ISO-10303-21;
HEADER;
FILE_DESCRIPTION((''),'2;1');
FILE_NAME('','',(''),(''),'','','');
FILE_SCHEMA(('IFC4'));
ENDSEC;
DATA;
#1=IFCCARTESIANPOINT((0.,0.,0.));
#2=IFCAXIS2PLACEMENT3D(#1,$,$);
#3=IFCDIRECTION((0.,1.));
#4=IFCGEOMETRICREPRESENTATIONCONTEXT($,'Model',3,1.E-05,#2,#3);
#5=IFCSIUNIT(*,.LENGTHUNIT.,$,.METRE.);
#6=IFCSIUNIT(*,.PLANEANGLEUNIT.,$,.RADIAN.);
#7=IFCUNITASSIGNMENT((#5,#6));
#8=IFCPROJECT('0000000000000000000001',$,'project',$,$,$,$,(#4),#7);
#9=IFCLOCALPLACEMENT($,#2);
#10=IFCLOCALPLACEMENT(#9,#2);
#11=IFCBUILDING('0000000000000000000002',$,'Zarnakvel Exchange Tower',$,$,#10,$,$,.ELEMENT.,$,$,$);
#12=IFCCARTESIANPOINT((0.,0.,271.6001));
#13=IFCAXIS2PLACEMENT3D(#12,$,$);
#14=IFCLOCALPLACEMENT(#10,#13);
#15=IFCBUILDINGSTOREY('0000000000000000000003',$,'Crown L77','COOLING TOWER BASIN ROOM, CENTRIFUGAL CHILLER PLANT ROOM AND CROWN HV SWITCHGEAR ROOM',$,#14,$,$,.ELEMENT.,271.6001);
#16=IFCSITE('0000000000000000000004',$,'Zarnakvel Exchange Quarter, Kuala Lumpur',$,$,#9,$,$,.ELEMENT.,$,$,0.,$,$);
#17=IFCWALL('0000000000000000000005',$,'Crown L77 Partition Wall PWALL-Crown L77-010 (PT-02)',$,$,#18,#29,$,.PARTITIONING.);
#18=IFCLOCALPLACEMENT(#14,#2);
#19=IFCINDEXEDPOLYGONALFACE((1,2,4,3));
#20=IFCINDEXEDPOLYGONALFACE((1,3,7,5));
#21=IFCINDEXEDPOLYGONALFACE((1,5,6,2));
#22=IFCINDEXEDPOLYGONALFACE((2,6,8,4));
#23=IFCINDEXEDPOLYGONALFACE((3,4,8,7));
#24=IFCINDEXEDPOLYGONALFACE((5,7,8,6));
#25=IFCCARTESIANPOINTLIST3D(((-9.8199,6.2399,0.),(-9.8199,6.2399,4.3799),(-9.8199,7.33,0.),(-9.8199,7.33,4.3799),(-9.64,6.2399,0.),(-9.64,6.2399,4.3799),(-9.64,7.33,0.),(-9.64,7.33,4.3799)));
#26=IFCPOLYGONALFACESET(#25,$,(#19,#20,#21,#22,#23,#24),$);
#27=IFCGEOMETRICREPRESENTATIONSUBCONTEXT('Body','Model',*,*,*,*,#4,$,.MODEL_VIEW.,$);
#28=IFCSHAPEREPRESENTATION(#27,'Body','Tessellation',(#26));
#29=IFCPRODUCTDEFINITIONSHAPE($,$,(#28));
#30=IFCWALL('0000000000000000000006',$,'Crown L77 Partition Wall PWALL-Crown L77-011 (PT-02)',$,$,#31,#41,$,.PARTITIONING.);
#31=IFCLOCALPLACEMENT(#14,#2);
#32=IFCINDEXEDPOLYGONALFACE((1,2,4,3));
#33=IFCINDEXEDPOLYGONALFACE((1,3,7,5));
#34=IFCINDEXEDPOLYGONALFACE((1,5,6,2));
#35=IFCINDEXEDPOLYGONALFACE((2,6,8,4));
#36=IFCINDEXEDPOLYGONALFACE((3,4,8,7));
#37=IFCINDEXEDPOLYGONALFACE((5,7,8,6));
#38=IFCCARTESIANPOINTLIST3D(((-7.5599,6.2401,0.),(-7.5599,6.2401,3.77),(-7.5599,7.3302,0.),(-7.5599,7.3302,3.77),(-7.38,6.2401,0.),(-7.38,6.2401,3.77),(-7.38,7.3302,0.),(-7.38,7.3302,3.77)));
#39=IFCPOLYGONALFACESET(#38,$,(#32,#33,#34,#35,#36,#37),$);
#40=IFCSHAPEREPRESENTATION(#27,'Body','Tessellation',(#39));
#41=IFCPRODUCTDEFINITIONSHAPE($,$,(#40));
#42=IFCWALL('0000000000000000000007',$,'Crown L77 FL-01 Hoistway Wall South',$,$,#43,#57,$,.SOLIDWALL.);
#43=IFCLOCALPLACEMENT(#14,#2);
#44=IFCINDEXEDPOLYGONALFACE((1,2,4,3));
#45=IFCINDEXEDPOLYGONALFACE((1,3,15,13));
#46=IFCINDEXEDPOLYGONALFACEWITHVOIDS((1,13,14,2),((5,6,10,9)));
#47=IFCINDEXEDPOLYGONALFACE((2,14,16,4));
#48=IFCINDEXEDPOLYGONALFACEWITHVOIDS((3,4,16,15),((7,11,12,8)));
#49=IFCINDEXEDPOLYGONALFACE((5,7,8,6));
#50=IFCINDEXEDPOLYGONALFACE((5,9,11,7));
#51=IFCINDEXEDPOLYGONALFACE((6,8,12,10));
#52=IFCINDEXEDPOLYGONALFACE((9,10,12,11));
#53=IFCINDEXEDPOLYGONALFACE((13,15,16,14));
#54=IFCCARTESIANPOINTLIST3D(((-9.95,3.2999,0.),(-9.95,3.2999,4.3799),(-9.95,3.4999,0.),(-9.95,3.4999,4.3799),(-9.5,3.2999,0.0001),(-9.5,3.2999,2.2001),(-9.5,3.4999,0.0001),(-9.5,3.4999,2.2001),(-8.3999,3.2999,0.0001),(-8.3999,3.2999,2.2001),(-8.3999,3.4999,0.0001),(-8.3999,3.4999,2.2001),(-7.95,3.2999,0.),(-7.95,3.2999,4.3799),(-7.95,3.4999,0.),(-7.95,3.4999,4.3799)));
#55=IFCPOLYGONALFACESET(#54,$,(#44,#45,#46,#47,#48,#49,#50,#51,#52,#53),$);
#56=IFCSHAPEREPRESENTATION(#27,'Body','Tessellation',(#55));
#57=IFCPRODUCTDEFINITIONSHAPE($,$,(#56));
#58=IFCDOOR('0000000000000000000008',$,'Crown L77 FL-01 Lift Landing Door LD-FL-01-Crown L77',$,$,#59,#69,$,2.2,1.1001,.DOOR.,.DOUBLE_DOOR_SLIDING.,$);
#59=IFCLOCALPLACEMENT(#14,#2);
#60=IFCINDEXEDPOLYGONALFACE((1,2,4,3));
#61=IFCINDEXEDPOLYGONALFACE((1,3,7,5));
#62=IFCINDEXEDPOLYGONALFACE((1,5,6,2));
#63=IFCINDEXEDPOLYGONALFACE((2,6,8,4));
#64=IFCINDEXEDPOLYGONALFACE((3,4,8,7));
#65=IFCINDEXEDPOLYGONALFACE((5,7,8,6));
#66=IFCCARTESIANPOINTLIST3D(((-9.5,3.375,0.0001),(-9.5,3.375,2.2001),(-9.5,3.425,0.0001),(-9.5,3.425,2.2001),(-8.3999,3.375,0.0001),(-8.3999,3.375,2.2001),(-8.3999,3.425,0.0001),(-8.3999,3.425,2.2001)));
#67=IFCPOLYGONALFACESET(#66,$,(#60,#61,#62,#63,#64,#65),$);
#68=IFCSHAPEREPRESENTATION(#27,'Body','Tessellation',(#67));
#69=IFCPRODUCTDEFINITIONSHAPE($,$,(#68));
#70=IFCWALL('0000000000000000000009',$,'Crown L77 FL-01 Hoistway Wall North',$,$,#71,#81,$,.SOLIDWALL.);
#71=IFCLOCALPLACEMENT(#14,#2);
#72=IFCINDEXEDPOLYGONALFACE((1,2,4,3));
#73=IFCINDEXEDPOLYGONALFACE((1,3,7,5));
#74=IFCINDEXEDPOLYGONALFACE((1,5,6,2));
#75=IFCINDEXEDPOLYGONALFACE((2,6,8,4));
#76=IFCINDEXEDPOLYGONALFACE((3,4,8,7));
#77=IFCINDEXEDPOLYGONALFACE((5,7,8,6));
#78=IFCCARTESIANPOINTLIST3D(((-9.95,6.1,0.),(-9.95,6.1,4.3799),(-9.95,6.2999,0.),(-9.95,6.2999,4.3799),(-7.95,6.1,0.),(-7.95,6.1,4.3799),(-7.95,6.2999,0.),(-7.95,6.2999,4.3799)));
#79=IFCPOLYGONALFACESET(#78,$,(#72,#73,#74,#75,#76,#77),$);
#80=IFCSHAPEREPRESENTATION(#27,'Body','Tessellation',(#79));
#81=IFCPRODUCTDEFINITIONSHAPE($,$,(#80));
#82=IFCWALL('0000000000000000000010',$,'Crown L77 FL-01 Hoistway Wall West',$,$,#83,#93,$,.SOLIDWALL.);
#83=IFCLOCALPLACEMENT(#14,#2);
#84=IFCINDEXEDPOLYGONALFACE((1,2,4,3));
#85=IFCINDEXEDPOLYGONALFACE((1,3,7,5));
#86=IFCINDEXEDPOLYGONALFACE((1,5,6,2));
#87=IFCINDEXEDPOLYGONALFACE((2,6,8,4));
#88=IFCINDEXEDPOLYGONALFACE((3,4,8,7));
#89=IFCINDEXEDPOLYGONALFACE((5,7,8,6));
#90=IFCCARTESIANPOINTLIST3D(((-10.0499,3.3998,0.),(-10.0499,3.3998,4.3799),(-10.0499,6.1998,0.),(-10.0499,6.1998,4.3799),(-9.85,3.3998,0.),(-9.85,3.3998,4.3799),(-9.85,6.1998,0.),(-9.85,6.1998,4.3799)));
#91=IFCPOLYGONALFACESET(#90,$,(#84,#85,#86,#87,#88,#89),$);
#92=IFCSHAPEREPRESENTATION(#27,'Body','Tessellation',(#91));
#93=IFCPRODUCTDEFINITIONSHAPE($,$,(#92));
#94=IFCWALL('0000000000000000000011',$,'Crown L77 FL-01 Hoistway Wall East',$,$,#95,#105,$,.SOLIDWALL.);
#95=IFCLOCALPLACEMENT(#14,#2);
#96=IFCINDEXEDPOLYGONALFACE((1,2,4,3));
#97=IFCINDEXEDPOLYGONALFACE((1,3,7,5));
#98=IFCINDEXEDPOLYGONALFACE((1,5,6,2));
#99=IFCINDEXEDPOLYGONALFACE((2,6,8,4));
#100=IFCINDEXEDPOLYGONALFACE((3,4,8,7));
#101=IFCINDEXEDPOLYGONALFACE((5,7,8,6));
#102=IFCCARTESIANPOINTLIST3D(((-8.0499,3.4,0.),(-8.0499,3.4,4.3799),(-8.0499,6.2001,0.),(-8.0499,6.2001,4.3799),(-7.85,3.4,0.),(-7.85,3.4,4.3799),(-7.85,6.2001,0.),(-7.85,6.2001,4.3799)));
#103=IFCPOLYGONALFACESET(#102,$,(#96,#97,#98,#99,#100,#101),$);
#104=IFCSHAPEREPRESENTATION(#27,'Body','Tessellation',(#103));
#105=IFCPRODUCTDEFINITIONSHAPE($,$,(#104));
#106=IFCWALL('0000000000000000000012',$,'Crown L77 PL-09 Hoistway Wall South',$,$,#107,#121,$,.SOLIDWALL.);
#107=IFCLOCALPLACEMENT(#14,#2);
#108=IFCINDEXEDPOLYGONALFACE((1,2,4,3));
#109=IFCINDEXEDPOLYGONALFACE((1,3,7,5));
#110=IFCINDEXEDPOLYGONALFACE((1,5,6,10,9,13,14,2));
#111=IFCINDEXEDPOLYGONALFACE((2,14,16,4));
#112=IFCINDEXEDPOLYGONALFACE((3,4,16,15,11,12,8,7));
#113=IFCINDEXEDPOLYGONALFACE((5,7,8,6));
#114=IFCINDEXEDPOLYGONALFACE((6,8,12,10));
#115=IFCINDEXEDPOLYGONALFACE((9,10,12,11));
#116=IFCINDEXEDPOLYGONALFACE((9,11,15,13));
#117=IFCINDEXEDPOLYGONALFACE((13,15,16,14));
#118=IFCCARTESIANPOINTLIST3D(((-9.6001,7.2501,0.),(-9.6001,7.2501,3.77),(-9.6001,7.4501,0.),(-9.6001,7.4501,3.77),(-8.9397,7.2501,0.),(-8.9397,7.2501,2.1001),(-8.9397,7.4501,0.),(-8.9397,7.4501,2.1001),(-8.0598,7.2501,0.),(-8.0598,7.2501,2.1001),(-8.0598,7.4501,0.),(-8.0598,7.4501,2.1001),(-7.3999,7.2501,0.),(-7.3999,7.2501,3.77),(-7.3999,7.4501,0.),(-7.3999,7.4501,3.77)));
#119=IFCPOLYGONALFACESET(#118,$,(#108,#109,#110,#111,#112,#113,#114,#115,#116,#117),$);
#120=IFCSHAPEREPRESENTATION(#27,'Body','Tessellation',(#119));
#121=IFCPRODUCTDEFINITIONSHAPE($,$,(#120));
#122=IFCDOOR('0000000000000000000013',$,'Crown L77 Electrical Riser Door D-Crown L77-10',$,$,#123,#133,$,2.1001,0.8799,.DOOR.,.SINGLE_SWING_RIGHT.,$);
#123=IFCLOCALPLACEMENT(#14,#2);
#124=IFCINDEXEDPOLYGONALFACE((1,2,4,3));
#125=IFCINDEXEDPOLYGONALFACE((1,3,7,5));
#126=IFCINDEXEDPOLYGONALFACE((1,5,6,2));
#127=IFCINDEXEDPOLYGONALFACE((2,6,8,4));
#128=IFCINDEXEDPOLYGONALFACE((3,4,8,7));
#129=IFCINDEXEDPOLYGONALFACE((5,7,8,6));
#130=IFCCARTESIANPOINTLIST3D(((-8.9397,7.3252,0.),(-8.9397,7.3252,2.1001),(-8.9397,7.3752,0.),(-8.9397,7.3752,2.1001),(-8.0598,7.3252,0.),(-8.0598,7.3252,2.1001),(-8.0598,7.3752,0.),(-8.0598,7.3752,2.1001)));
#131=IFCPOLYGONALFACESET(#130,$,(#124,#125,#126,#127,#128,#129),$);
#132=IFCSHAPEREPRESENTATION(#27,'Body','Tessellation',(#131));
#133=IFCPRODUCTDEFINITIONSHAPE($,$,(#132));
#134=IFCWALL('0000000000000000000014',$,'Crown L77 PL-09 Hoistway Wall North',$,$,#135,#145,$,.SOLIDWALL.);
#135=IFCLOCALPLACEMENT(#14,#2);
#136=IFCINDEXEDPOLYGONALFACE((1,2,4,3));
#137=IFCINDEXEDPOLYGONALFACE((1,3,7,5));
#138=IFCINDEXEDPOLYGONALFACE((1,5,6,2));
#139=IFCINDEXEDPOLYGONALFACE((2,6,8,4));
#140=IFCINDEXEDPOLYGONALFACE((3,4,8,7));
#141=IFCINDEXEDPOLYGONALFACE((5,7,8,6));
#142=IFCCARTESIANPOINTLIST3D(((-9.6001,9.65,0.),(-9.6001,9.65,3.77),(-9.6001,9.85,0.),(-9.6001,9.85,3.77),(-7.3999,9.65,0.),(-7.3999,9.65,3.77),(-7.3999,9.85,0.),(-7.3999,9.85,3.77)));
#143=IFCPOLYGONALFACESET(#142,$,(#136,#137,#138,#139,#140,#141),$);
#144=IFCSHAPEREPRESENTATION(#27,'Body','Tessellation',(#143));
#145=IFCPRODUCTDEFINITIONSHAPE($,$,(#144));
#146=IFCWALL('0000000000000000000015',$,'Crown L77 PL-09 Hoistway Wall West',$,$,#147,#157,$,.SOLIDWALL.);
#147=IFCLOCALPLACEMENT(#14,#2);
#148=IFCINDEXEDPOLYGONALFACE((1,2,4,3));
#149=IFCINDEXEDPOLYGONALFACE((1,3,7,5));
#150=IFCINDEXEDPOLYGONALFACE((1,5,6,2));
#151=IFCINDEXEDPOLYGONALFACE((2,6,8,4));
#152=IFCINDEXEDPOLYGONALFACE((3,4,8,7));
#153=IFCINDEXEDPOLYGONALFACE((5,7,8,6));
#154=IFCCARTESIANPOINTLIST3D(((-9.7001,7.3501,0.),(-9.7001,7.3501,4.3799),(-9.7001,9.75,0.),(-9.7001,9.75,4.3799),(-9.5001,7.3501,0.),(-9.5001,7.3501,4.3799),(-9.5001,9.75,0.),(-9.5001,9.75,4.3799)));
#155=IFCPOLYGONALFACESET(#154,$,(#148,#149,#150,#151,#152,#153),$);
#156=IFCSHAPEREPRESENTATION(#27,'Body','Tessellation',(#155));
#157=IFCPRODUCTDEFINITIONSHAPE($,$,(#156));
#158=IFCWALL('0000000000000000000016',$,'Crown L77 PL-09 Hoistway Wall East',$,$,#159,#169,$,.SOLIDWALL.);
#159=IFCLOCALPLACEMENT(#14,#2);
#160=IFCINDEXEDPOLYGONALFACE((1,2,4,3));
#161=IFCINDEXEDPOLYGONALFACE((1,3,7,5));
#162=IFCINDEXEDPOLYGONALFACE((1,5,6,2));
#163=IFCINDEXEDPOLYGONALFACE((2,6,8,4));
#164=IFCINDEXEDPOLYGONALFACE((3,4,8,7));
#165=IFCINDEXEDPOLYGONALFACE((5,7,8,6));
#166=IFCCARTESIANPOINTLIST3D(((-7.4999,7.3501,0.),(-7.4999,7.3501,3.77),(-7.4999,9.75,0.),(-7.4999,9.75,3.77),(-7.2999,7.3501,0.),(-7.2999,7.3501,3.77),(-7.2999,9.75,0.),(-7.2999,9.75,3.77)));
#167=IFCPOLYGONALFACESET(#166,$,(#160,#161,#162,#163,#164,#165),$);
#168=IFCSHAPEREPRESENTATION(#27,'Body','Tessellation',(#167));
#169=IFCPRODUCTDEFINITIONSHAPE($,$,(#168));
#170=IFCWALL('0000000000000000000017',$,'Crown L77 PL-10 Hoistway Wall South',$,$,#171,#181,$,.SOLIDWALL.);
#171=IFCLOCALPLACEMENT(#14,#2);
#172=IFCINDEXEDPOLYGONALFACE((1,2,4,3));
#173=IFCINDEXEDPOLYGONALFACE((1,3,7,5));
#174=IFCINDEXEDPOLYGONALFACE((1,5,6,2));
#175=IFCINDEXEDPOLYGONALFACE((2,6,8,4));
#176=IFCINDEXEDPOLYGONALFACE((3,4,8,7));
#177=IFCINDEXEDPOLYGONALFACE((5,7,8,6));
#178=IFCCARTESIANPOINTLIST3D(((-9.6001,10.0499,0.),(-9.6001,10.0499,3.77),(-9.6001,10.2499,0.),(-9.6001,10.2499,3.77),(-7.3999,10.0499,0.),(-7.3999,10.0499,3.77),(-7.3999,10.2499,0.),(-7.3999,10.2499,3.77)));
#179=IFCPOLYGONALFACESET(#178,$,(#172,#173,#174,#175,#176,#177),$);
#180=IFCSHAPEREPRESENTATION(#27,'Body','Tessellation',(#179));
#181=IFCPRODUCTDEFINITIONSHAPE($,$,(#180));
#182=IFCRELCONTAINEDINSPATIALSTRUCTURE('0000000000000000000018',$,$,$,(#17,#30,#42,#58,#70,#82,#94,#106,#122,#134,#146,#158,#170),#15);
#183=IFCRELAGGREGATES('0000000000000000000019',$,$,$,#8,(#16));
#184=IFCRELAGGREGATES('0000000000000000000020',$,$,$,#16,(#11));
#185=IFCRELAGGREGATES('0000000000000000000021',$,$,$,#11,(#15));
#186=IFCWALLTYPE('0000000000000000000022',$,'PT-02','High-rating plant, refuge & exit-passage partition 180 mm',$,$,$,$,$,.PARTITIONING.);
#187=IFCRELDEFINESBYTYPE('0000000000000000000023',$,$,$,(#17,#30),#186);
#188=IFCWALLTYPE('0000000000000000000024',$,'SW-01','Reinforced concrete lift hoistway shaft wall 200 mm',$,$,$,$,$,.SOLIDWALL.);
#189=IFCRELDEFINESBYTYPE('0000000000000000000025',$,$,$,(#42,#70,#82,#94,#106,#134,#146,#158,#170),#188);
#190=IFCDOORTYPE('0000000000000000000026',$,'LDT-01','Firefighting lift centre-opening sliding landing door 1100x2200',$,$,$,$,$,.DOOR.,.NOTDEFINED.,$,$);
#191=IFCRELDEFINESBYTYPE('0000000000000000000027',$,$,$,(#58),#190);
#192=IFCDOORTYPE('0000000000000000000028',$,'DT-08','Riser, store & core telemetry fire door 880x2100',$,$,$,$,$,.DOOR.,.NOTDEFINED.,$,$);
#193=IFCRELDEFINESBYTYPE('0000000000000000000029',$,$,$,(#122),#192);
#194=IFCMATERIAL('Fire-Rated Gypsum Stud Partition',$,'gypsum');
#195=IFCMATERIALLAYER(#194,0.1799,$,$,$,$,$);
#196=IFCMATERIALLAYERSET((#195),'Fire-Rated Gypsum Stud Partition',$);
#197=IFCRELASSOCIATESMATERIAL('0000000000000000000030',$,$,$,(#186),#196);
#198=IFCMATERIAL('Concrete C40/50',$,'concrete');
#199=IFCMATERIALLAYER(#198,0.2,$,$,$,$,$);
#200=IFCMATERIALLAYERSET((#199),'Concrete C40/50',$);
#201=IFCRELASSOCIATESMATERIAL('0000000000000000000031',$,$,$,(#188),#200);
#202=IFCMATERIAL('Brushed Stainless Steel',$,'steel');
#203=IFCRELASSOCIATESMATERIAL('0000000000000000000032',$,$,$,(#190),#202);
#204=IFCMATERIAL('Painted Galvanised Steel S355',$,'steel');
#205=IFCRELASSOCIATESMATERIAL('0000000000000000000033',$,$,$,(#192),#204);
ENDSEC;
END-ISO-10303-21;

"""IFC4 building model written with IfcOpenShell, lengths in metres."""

from ifc_helpers import new_model, si_unit, direction, frame, frame_2d, origin, place, context, subcontext, project, spatial, rectangle, extrude, source, transform, mapped, material, layer, layer_set, type_object, element, fill, save


model = new_model("IFC4")

# Units and contexts
model_context = context("Model", 3, precision=1e-05, world=origin(), true_north=direction((0.0, 1.0)))
body_context = subcontext(model_context, "Body", "Model", "MODEL_VIEW")
ifc_project = project(units=[si_unit("LENGTHUNIT", "METRE"), si_unit("PLANEANGLEUNIT", "RADIAN")], contexts=[model_context])

# Site, building, storey
site_placement = place(None, origin())
site = spatial("IfcSite", under=ifc_project, at=site_placement, Name="Zarnakvel Exchange Quarter, Kuala Lumpur", CompositionType="ELEMENT", RefElevation=0.0)
building_placement = place(site_placement, origin())
building = spatial("IfcBuilding", under=site, at=building_placement, Name="Zarnakvel Exchange Tower", CompositionType="ELEMENT")
storey_placement = place(building_placement, frame((0.0, 0.0, 271.6001)))
storey = spatial("IfcBuildingStorey", under=building, at=storey_placement, Name="Crown L77", Description="COOLING TOWER BASIN ROOM, CENTRIFUGAL CHILLER PLANT ROOM AND CROWN HV SWITCHGEAR ROOM", CompositionType="ELEMENT", Elevation=271.6001)

# Walls
ifc_material_1 = material(Name="Fire-Rated Gypsum Stud Partition", Category="gypsum")
ifc_layer_1 = layer(ifc_material_1, 0.1799)
ifc_layer_set_1 = layer_set([ifc_layer_1], Name="Fire-Rated Gypsum Stud Partition")
wall_type_1 = type_object("IfcWallType", Name="PT-02", Description="High-rating plant, refuge & exit-passage partition 180 mm", PredefinedType="PARTITIONING", material=ifc_layer_set_1)
wall_1_placement = place(storey_placement, frame((-9.73, 6.24, 0.0), z_axis=(0.0, 0.0, 1.0), x_axis=(0.0, 1.0, 0.0)))
element("IfcWall", 1, at=wall_1_placement, inside=storey, type_object=wall_type_1, Name="Crown L77 Partition Wall PWALL-Crown L77-010 (PT-02)", PredefinedType="PARTITIONING", context=body_context, shape_type="SweptSolid", body=[
    extrude(rectangle(XDim=1.0901, YDim=0.1799, at=frame_2d((0.5449, 0.0))), origin(), (0.0, 0.0, 1.0), 4.3799),
])
wall_2_placement = place(storey_placement, frame((-7.47, 7.3301, 0.0), z_axis=(0.0, 0.0, 1.0), x_axis=(0.0, -1.0, 0.0)))
element("IfcWall", 2, at=wall_2_placement, inside=storey, type_object=wall_type_1, Name="Crown L77 Partition Wall PWALL-Crown L77-011 (PT-02)", PredefinedType="PARTITIONING", context=body_context, shape_type="SweptSolid", body=[
    extrude(rectangle(XDim=1.0901, YDim=0.1799, at=frame_2d((0.5449, 0.0))), origin(), (0.0, 0.0, 1.0), 3.77),
])

# Wall, opening, door
ifc_material_2 = material(Name="Concrete C40/50", Category="concrete")
ifc_layer_2 = layer(ifc_material_2, 0.2)
ifc_layer_set_2 = layer_set([ifc_layer_2], Name="Concrete C40/50")
wall_type_2 = type_object("IfcWallType", Name="SW-01", Description="Reinforced concrete lift hoistway shaft wall 200 mm", PredefinedType="SOLIDWALL", material=ifc_layer_set_2)
wall_3_placement = place(storey_placement, frame((-7.95, 3.3999, 0.0), z_axis=(0.0, 0.0, 1.0), x_axis=(-1.0, 0.0, 0.0)))
wall_3 = element("IfcWall", 3, at=wall_3_placement, inside=storey, type_object=wall_type_2, Name="Crown L77 FL-01 Hoistway Wall South", PredefinedType="SOLIDWALL", context=body_context, shape_type="SweptSolid", body=[
    extrude(rectangle(XDim=2.0, YDim=0.2, at=frame_2d((1.0, 0.0))), origin(), (0.0, 0.0, 1.0), 4.3799),
])
opening_1_placement = place(wall_3_placement, frame((0.45, 0.0, 0.0)))
opening_1 = element("IfcOpeningElement", 4, at=opening_1_placement, cuts=wall_3, PredefinedType="OPENING", context=body_context, shape_type="SweptSolid", body=[
    extrude(rectangle(XDim=1.1001, YDim=2.2, at=frame_2d((0.55, 1.1001))), frame((0.0, 0.1099, 0.0), z_axis=(0.0, -1.0, 0.0), x_axis=(1.0, 0.0, 0.0)), (0.0, 0.0, 1.0), 0.22),
])
ifc_material_3 = material(Name="Brushed Stainless Steel", Category="steel")
door_type_1 = type_object("IfcDoorType", Name="LDT-01", Description="Firefighting lift centre-opening sliding landing door 1100x2200", OperationType="NOTDEFINED", PredefinedType="DOOR", material=ifc_material_3)
shared_shape_1 = source(origin(), body_context, "Body", "SweptSolid", [
    extrude(rectangle(XDim=1.1001, YDim=2.2, at=frame_2d((0.55, 1.1001))), frame((0.0, 0.0249, 0.0), z_axis=(0.0, -1.0, 0.0), x_axis=(1.0, 0.0, 0.0)), (0.0, 0.0, 1.0), 0.05),
])
door_1_placement = place(opening_1_placement, origin())
door_1 = element("IfcDoor", 5, at=door_1_placement, inside=storey, type_object=door_type_1, Name="Crown L77 FL-01 Lift Landing Door LD-FL-01-Crown L77", OperationType="DOUBLE_DOOR_SLIDING", OverallHeight=2.2, OverallWidth=1.1001, PredefinedType="DOOR", context=body_context, shape_type="MappedRepresentation", body=[
    mapped(shared_shape_1, transform((0.0, 0.0, 0.0), x_axis=(1.0, 0.0, 0.0), y_axis=(0.0, 1.0, 0.0), z_axis=(0.0, 0.0, 1.0), scale=1.0)),
])
fill(opening_1, door_1)

# Walls
wall_4_placement = place(storey_placement, frame((-9.95, 6.2, 0.0), z_axis=(0.0, 0.0, 1.0), x_axis=(1.0, 0.0, 0.0)))
element("IfcWall", 6, at=wall_4_placement, inside=storey, type_object=wall_type_2, Name="Crown L77 FL-01 Hoistway Wall North", PredefinedType="SOLIDWALL", context=body_context, shape_type="SweptSolid", body=[
    extrude(rectangle(XDim=2.0, YDim=0.2, at=frame_2d((1.0, 0.0))), origin(), (0.0, 0.0, 1.0), 4.3799),
])
for number, where, z_axis, x_axis, name in (
    (7, (-9.95, 3.3999, 0.0), (0.0, 0.0, 1.0), (0.0, 1.0, 0.0), "Crown L77 FL-01 Hoistway Wall West"),
    (8, (-7.95, 6.2, 0.0), (0.0, 0.0, 1.0), (0.0, -1.0, 0.0), "Crown L77 FL-01 Hoistway Wall East"),
):
    element("IfcWall", number, at=place(storey_placement, frame(where, z_axis=z_axis, x_axis=x_axis)), inside=storey, type_object=wall_type_2, Name=name, PredefinedType="SOLIDWALL", context=body_context, shape_type="SweptSolid", body=[
        extrude(rectangle(XDim=2.8, YDim=0.2, at=frame_2d((1.3999, 0.0))), origin(), (0.0, 0.0, 1.0), 4.3799),
    ])

# Wall, opening, door
wall_5_placement = place(storey_placement, frame((-7.3999, 7.3501, 0.0), z_axis=(0.0, 0.0, 1.0), x_axis=(-1.0, 0.0, 0.0)))
wall_5 = element("IfcWall", 9, at=wall_5_placement, inside=storey, type_object=wall_type_2, Name="Crown L77 PL-09 Hoistway Wall South", PredefinedType="SOLIDWALL", context=body_context, shape_type="SweptSolid", body=[
    extrude(rectangle(XDim=2.2002, YDim=0.2, at=frame_2d((1.1001, 0.0))), origin(), (0.0, 0.0, 1.0), 3.77),
])
opening_2_placement = place(wall_5_placement, frame((0.6599, 0.0, 0.0)))
opening_2 = element("IfcOpeningElement", 10, at=opening_2_placement, cuts=wall_5, PredefinedType="OPENING", context=body_context, shape_type="SweptSolid", body=[
    extrude(rectangle(XDim=0.8799, YDim=2.1001, at=frame_2d((0.4399, 1.05))), frame((0.0, 0.1099, 0.0), z_axis=(0.0, -1.0, 0.0), x_axis=(1.0, 0.0, 0.0)), (0.0, 0.0, 1.0), 0.22),
])
ifc_material_4 = material(Name="Painted Galvanised Steel S355", Category="steel")
door_type_2 = type_object("IfcDoorType", Name="DT-08", Description="Riser, store & core telemetry fire door 880x2100", OperationType="NOTDEFINED", PredefinedType="DOOR", material=ifc_material_4)
shared_shape_2 = source(origin(), body_context, "Body", "SweptSolid", [
    extrude(rectangle(XDim=0.8799, YDim=2.1001, at=frame_2d((0.4399, 1.05))), frame((0.0, 0.0249, 0.0), z_axis=(0.0, -1.0, 0.0), x_axis=(1.0, 0.0, 0.0)), (0.0, 0.0, 1.0), 0.05),
])
door_2_placement = place(opening_2_placement, origin())
door_2 = element("IfcDoor", 11, at=door_2_placement, inside=storey, type_object=door_type_2, Name="Crown L77 Electrical Riser Door D-Crown L77-10", OperationType="SINGLE_SWING_RIGHT", OverallHeight=2.1001, OverallWidth=0.8799, PredefinedType="DOOR", context=body_context, shape_type="MappedRepresentation", body=[
    mapped(shared_shape_2, transform((0.0, 0.0, 0.0), x_axis=(1.0, 0.0, 0.0), y_axis=(0.0, 1.0, 0.0), z_axis=(0.0, 0.0, 1.0), scale=1.0)),
])
fill(opening_2, door_2)

# Walls
wall_6_placement = place(storey_placement, frame((-9.6001, 9.75, 0.0), z_axis=(0.0, 0.0, 1.0), x_axis=(1.0, 0.0, 0.0)))
element("IfcWall", 12, at=wall_6_placement, inside=storey, type_object=wall_type_2, Name="Crown L77 PL-09 Hoistway Wall North", PredefinedType="SOLIDWALL", context=body_context, shape_type="SweptSolid", body=[
    extrude(rectangle(XDim=2.2002, YDim=0.2, at=frame_2d((1.1001, 0.0))), origin(), (0.0, 0.0, 1.0), 3.77),
])
wall_7_placement = place(storey_placement, frame((-9.6001, 7.3501, 0.0), z_axis=(0.0, 0.0, 1.0), x_axis=(0.0, 1.0, 0.0)))
element("IfcWall", 13, at=wall_7_placement, inside=storey, type_object=wall_type_2, Name="Crown L77 PL-09 Hoistway Wall West", PredefinedType="SOLIDWALL", context=body_context, shape_type="SweptSolid", body=[
    extrude(rectangle(XDim=2.3999, YDim=0.2, at=frame_2d((1.2, 0.0))), origin(), (0.0, 0.0, 1.0), 4.3799),
])
wall_8_placement = place(storey_placement, frame((-7.3999, 9.75, 0.0), z_axis=(0.0, 0.0, 1.0), x_axis=(0.0, -1.0, 0.0)))
element("IfcWall", 14, at=wall_8_placement, inside=storey, type_object=wall_type_2, Name="Crown L77 PL-09 Hoistway Wall East", PredefinedType="SOLIDWALL", context=body_context, shape_type="SweptSolid", body=[
    extrude(rectangle(XDim=2.3999, YDim=0.2, at=frame_2d((1.2, 0.0))), origin(), (0.0, 0.0, 1.0), 3.77),
])
for number, where, z_axis, x_axis, name in (
    (15, (-7.3999, 10.1499, 0.0), (0.0, 0.0, 1.0), (-1.0, 0.0, 0.0), "Crown L77 PL-10 Hoistway Wall South"),
):
    element("IfcWall", number, at=place(storey_placement, frame(where, z_axis=z_axis, x_axis=x_axis)), inside=storey, type_object=wall_type_2, Name=name, PredefinedType="SOLIDWALL", context=body_context, shape_type="SweptSolid", body=[
        extrude(rectangle(XDim=2.2002, YDim=0.2, at=frame_2d((1.1001, 0.0))), origin(), (0.0, 0.0, 1.0), 3.77),
    ])

save(model, "model.ifc")
